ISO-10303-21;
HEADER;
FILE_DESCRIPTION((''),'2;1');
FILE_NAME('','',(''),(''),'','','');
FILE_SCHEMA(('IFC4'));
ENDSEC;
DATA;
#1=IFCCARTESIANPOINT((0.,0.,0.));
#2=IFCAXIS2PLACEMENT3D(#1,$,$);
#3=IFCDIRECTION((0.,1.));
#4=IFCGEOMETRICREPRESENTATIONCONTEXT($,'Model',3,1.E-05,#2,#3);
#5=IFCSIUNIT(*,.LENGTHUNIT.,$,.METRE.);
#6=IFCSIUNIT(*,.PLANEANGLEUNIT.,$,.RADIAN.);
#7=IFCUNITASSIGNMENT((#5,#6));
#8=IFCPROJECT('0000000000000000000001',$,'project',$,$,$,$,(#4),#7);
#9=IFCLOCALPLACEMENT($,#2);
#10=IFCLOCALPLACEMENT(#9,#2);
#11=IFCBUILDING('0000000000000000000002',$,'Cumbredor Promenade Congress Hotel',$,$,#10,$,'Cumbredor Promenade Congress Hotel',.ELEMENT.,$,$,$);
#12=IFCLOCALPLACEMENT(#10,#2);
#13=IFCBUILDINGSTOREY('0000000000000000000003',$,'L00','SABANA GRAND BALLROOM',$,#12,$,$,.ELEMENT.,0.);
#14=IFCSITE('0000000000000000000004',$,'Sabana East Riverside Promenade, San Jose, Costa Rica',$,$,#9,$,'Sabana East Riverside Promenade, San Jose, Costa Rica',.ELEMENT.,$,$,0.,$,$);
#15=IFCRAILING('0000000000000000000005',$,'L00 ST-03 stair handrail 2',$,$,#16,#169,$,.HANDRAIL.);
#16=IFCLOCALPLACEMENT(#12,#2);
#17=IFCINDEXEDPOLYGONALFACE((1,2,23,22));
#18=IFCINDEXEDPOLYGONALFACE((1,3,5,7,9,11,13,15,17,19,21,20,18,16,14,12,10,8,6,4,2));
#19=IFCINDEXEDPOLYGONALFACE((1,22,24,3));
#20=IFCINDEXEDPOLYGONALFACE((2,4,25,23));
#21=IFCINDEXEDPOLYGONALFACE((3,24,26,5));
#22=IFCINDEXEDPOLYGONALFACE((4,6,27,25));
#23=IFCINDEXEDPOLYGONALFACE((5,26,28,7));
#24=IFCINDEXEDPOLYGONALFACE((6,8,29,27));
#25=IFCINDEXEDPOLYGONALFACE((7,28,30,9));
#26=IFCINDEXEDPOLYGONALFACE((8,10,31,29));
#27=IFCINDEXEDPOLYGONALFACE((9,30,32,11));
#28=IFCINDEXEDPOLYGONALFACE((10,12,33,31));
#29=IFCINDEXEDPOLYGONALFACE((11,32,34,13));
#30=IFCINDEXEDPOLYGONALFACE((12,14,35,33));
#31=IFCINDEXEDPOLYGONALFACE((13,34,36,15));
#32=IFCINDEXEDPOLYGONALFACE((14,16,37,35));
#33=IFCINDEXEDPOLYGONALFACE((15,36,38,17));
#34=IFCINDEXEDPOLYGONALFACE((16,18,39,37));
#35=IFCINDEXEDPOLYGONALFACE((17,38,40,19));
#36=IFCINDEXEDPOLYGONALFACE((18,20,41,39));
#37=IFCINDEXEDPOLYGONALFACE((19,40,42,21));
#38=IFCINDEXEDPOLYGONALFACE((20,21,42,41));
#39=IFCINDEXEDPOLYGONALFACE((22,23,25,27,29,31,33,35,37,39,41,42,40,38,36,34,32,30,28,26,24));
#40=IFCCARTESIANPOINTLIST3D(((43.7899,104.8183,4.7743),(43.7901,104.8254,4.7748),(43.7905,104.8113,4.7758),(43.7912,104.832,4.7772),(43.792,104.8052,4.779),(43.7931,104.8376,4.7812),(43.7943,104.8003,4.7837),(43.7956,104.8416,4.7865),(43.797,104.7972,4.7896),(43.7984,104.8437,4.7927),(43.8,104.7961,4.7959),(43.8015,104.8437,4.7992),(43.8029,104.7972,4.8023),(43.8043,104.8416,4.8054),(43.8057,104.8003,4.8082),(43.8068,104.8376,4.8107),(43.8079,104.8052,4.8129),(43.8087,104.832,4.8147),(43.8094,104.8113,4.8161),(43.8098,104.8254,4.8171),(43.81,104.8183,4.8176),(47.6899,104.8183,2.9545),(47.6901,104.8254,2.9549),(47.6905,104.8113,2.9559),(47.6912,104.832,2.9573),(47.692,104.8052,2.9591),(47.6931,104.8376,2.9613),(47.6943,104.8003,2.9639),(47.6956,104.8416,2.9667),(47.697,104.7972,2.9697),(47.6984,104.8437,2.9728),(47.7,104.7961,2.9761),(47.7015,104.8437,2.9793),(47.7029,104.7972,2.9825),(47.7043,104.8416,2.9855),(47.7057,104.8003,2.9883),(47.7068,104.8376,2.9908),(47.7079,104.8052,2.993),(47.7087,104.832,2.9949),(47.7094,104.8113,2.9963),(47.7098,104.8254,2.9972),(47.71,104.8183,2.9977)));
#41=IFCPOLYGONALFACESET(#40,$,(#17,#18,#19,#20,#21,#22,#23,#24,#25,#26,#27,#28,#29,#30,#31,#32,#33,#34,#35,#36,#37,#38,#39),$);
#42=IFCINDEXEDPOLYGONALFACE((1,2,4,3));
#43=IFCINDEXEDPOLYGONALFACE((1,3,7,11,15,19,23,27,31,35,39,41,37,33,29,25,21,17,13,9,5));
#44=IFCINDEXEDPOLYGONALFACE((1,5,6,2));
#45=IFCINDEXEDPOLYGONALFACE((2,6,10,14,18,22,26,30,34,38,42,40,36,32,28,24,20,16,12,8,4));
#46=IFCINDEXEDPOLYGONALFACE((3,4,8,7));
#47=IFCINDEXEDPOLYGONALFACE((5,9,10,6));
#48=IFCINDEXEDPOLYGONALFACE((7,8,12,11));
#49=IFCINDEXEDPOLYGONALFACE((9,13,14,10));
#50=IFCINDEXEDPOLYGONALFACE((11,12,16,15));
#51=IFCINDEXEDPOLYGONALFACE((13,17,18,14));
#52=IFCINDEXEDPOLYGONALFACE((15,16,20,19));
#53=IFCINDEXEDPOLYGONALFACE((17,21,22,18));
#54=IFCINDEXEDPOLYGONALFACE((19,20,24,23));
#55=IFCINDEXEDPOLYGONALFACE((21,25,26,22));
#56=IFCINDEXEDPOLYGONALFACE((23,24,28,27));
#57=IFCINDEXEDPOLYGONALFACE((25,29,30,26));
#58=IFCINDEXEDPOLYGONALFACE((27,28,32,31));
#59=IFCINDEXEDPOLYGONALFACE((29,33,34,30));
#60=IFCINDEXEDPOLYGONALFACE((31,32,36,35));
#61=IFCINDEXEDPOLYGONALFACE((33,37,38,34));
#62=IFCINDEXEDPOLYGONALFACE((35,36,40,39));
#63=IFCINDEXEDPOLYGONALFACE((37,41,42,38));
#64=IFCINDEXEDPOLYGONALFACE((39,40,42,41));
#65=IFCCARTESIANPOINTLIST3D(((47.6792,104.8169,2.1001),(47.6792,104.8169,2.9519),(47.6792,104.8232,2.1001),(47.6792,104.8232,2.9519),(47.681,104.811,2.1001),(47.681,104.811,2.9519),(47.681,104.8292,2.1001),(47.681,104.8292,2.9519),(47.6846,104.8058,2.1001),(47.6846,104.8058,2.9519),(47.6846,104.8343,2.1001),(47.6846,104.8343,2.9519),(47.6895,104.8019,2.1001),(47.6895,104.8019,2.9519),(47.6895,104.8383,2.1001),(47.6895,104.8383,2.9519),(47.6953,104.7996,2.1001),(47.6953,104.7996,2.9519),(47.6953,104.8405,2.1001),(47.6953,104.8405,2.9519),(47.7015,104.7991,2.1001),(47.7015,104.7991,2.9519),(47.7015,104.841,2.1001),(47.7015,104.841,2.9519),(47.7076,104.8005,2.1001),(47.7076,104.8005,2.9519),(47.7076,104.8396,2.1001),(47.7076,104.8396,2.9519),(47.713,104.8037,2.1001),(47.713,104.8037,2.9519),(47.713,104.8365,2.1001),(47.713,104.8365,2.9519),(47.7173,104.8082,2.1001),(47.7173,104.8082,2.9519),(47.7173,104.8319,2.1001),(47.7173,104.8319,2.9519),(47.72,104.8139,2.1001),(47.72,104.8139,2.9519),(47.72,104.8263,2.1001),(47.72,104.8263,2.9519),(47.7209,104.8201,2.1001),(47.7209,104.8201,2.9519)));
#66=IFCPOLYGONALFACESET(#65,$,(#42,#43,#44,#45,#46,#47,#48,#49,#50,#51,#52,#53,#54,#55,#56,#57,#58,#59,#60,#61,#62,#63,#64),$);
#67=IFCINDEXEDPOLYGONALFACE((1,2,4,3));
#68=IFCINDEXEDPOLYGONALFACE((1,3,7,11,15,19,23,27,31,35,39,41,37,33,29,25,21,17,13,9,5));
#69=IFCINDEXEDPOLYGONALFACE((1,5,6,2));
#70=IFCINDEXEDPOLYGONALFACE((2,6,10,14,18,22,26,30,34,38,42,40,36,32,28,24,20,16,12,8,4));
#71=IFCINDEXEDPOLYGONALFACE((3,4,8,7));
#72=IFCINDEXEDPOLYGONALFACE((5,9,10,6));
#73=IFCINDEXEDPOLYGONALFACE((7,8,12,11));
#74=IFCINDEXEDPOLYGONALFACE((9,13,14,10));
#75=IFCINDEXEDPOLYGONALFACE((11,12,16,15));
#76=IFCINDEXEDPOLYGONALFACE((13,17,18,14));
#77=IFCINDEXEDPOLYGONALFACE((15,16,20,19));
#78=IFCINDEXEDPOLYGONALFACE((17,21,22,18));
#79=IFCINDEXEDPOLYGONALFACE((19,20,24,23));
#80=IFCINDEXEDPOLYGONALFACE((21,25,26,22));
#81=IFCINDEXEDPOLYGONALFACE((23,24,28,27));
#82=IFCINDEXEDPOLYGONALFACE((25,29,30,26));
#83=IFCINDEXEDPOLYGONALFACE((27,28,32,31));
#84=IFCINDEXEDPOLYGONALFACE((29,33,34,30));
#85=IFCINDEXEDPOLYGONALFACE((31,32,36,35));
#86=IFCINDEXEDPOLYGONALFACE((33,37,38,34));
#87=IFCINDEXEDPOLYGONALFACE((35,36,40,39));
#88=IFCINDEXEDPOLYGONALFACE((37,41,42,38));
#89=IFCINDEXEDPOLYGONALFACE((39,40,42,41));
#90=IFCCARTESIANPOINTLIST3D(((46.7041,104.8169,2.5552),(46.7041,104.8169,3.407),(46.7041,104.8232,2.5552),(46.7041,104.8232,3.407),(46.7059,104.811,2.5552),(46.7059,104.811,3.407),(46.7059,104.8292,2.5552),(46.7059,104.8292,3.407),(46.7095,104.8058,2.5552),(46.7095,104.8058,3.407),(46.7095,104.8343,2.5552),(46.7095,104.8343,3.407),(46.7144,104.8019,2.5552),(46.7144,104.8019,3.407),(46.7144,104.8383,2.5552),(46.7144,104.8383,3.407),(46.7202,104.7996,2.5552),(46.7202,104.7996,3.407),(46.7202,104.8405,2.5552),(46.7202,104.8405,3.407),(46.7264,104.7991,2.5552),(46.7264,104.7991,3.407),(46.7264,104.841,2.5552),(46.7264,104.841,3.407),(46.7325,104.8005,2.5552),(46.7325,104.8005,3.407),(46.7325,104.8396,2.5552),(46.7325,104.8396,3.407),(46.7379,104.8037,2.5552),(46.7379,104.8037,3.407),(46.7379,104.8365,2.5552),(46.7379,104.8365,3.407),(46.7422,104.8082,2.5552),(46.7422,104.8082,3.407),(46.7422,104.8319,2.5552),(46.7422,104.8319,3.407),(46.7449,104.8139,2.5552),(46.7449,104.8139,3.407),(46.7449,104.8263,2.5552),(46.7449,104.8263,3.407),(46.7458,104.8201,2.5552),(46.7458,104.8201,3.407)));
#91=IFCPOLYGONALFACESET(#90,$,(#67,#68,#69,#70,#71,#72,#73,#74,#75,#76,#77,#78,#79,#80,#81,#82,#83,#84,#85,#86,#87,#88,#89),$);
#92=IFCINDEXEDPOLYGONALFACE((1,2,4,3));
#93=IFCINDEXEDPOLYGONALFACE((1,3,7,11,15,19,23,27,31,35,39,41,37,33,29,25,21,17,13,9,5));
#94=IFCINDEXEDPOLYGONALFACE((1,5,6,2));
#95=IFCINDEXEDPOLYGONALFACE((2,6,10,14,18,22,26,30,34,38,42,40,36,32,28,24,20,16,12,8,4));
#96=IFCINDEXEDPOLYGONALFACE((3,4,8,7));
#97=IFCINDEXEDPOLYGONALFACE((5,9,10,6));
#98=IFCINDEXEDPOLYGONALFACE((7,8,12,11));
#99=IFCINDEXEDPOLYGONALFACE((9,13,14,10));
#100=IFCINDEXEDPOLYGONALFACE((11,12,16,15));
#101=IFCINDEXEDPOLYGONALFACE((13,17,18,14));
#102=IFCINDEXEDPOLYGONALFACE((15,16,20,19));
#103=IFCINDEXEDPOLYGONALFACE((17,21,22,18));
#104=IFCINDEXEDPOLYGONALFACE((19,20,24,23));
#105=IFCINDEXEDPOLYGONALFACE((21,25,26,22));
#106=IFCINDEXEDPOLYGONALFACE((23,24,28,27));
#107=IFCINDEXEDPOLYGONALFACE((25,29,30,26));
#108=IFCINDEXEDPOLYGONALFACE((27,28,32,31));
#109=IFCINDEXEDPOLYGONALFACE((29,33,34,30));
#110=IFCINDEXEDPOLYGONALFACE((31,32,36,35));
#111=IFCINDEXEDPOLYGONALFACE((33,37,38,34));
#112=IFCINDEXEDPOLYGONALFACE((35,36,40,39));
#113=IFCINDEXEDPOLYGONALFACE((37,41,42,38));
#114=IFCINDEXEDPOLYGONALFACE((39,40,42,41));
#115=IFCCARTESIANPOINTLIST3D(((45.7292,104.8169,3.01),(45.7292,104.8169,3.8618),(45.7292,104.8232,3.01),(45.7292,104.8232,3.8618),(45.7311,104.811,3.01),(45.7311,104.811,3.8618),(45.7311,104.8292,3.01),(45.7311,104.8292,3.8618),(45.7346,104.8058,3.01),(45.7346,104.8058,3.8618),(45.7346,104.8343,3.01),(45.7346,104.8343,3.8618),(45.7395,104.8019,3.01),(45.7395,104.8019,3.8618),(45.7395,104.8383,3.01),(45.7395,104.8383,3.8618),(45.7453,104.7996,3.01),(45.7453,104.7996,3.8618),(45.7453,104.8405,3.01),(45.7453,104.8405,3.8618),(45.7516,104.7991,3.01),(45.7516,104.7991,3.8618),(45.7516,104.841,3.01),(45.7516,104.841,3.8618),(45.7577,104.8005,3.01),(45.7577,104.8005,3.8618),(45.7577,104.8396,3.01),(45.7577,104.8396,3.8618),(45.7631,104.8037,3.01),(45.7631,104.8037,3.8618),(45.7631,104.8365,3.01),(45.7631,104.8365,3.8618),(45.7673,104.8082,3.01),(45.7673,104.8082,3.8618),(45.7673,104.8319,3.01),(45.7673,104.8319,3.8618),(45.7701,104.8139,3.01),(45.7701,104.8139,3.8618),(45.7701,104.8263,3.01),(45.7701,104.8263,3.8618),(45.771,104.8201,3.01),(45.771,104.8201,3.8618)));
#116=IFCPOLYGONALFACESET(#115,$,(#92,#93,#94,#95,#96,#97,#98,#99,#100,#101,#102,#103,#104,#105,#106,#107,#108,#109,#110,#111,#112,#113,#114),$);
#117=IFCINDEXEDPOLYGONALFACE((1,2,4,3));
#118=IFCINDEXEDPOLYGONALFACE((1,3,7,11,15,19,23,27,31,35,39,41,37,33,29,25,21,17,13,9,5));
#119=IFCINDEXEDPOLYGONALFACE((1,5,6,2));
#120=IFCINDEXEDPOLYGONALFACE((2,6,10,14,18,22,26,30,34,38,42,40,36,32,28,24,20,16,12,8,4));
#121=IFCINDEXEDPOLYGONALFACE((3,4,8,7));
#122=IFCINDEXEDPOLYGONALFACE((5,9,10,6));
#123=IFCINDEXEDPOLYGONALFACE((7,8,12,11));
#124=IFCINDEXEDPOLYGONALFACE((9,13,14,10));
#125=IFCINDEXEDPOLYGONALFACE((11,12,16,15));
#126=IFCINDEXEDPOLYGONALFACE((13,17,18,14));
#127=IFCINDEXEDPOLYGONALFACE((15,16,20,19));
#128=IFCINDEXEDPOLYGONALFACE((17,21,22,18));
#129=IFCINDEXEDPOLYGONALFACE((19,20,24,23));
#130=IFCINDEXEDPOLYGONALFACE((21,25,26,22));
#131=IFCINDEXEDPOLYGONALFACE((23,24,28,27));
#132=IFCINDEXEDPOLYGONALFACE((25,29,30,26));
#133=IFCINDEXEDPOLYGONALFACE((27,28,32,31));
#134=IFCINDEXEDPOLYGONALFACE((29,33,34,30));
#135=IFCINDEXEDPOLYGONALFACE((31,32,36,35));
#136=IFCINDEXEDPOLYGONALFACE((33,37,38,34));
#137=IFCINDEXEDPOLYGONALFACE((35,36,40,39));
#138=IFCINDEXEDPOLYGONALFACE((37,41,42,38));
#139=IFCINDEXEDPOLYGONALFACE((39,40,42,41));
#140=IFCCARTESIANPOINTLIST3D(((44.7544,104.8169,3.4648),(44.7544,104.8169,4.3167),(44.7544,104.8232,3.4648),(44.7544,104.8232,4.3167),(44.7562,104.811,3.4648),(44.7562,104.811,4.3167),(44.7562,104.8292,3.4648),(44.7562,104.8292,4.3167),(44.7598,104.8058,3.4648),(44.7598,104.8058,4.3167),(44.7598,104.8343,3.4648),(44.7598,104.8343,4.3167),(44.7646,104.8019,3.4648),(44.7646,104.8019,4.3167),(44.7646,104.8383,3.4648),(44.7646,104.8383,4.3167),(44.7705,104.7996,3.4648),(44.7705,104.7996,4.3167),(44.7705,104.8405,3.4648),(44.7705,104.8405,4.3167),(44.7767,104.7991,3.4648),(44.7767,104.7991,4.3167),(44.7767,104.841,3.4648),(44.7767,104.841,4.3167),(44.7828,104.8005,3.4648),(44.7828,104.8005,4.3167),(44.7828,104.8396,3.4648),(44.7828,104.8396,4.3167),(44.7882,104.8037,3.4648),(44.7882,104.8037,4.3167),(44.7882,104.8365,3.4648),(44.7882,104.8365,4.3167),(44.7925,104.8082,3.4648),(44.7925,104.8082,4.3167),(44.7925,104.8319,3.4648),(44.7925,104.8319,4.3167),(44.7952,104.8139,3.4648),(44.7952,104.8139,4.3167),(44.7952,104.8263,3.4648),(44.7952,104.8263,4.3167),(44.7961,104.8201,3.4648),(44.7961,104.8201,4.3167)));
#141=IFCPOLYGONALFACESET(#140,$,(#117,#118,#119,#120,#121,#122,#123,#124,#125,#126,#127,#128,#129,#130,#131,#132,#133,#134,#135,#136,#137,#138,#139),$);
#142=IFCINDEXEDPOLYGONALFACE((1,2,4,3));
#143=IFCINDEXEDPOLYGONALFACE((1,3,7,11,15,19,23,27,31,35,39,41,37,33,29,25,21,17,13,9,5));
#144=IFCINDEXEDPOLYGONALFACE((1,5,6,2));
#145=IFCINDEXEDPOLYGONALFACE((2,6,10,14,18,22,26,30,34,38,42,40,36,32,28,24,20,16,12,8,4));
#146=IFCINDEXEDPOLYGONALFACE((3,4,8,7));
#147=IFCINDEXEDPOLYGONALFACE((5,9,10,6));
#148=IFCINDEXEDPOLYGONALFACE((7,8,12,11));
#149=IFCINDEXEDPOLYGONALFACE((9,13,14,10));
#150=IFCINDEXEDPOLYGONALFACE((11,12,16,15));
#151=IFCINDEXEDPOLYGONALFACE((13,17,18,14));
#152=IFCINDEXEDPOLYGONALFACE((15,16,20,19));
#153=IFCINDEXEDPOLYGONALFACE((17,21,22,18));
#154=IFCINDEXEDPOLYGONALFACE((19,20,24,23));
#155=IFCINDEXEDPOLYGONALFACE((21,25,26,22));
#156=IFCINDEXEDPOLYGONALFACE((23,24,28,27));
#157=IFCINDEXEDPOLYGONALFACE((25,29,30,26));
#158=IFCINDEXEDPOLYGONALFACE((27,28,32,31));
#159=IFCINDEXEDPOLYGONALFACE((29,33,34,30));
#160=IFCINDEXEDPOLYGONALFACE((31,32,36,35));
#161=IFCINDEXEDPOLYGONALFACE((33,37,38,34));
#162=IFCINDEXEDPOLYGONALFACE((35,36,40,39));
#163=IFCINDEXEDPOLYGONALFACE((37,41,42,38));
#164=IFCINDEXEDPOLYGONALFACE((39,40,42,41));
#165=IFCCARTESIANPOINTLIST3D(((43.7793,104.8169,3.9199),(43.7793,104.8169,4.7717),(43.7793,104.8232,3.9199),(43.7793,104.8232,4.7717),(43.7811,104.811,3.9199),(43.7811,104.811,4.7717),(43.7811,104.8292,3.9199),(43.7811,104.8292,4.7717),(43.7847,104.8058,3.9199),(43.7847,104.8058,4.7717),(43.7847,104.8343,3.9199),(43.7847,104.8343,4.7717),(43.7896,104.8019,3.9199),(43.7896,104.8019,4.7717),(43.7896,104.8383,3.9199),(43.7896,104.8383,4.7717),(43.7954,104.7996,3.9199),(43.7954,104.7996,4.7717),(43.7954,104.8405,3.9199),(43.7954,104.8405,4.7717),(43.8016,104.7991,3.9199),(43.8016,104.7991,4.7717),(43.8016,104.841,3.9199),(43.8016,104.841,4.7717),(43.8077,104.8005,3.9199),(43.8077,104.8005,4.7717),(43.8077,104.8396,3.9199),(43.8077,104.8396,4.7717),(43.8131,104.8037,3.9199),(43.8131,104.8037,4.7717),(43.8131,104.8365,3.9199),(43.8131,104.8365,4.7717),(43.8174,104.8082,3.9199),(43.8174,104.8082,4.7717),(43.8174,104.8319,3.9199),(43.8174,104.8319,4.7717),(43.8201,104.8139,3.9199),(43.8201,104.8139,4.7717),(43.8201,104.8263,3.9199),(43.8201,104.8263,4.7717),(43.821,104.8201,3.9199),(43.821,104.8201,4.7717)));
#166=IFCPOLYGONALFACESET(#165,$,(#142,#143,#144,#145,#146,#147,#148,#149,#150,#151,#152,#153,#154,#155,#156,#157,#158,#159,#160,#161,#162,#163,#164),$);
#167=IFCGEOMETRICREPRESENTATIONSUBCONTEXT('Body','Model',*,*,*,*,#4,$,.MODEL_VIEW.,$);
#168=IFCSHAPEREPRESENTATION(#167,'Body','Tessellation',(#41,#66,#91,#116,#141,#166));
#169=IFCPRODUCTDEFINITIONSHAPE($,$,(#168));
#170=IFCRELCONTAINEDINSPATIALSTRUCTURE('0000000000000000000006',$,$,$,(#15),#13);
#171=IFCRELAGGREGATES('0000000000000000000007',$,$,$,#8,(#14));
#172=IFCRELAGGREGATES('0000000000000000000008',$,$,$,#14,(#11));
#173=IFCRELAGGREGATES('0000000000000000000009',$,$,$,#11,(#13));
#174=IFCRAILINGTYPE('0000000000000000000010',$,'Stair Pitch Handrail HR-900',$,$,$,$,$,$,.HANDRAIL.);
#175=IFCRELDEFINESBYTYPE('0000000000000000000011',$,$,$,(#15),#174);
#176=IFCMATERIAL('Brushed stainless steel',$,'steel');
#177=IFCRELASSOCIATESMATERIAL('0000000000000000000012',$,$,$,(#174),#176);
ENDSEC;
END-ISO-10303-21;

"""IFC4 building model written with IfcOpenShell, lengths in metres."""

from ifc_helpers import new_model, si_unit, direction, frame, origin, origin_2d, place, context, subcontext, project, spatial, circle, extrude, material, type_object, element, save


model = new_model("IFC4")

# Units and contexts
model_context = context("Model", 3, precision=1e-05, world=origin(), true_north=direction((0.0, 1.0)))
body_context = subcontext(model_context, "Body", "Model", "MODEL_VIEW")
ifc_project = project(units=[si_unit("LENGTHUNIT", "METRE"), si_unit("PLANEANGLEUNIT", "RADIAN")], contexts=[model_context])

# Site, building, storey
site_placement = place(None, origin())
site = spatial("IfcSite", under=ifc_project, at=site_placement, Name="Sabana East Riverside Promenade, San Jose, Costa Rica", LongName="Sabana East Riverside Promenade, San Jose, Costa Rica", CompositionType="ELEMENT", RefElevation=0.0)
building_placement = place(site_placement, origin())
building = spatial("IfcBuilding", under=site, at=building_placement, Name="Cumbredor Promenade Congress Hotel", LongName="Cumbredor Promenade Congress Hotel", CompositionType="ELEMENT")
storey_placement = place(building_placement, origin())
storey = spatial("IfcBuildingStorey", under=building, at=storey_placement, Name="L00", Description="SABANA GRAND BALLROOM", CompositionType="ELEMENT", Elevation=0.0)

# Railing
ifc_material_1 = material(Name="Brushed stainless steel", Category="steel")
railing_type_1 = type_object("IfcRailingType", Name="Stair Pitch Handrail HR-900", PredefinedType="HANDRAIL", material=ifc_material_1)
railing_1_placement = place(storey_placement, frame((47.7, 104.8201, 2.1001)))
element("IfcRailing", 1, at=railing_1_placement, inside=storey, type_object=railing_type_1, Name="L00 ST-03 stair handrail 2", PredefinedType="HANDRAIL", context=body_context, shape_type="SweptSolid", body=[
    extrude(circle(Radius=0.0239, at=origin_2d()), frame((0.0, 0.0, 0.876), z_axis=(-0.906195, 0.0, 0.422861), x_axis=(0.0, -1.0, 0.0)), (0.0, 0.0, 1.0), 4.3037),
    extrude(circle(Radius=0.021, at=origin_2d()), origin(), (0.0, 0.0, 1.0), 0.8518),
    extrude(circle(Radius=0.021, at=origin_2d()), frame((-0.9751, 0.0, 0.4551)), (0.0, 0.0, 1.0), 0.8518),
    extrude(circle(Radius=0.021, at=origin_2d()), frame((-1.95, 0.0, 0.9099)), (0.0, 0.0, 1.0), 0.8518),
    extrude(circle(Radius=0.021, at=origin_2d()), frame((-2.9248, 0.0, 1.3647)), (0.0, 0.0, 1.0), 0.8518),
    extrude(circle(Radius=0.021, at=origin_2d()), frame((-3.8999, 0.0, 1.8198)), (0.0, 0.0, 1.0), 0.8518),
])

save(model, "model.ifc")
